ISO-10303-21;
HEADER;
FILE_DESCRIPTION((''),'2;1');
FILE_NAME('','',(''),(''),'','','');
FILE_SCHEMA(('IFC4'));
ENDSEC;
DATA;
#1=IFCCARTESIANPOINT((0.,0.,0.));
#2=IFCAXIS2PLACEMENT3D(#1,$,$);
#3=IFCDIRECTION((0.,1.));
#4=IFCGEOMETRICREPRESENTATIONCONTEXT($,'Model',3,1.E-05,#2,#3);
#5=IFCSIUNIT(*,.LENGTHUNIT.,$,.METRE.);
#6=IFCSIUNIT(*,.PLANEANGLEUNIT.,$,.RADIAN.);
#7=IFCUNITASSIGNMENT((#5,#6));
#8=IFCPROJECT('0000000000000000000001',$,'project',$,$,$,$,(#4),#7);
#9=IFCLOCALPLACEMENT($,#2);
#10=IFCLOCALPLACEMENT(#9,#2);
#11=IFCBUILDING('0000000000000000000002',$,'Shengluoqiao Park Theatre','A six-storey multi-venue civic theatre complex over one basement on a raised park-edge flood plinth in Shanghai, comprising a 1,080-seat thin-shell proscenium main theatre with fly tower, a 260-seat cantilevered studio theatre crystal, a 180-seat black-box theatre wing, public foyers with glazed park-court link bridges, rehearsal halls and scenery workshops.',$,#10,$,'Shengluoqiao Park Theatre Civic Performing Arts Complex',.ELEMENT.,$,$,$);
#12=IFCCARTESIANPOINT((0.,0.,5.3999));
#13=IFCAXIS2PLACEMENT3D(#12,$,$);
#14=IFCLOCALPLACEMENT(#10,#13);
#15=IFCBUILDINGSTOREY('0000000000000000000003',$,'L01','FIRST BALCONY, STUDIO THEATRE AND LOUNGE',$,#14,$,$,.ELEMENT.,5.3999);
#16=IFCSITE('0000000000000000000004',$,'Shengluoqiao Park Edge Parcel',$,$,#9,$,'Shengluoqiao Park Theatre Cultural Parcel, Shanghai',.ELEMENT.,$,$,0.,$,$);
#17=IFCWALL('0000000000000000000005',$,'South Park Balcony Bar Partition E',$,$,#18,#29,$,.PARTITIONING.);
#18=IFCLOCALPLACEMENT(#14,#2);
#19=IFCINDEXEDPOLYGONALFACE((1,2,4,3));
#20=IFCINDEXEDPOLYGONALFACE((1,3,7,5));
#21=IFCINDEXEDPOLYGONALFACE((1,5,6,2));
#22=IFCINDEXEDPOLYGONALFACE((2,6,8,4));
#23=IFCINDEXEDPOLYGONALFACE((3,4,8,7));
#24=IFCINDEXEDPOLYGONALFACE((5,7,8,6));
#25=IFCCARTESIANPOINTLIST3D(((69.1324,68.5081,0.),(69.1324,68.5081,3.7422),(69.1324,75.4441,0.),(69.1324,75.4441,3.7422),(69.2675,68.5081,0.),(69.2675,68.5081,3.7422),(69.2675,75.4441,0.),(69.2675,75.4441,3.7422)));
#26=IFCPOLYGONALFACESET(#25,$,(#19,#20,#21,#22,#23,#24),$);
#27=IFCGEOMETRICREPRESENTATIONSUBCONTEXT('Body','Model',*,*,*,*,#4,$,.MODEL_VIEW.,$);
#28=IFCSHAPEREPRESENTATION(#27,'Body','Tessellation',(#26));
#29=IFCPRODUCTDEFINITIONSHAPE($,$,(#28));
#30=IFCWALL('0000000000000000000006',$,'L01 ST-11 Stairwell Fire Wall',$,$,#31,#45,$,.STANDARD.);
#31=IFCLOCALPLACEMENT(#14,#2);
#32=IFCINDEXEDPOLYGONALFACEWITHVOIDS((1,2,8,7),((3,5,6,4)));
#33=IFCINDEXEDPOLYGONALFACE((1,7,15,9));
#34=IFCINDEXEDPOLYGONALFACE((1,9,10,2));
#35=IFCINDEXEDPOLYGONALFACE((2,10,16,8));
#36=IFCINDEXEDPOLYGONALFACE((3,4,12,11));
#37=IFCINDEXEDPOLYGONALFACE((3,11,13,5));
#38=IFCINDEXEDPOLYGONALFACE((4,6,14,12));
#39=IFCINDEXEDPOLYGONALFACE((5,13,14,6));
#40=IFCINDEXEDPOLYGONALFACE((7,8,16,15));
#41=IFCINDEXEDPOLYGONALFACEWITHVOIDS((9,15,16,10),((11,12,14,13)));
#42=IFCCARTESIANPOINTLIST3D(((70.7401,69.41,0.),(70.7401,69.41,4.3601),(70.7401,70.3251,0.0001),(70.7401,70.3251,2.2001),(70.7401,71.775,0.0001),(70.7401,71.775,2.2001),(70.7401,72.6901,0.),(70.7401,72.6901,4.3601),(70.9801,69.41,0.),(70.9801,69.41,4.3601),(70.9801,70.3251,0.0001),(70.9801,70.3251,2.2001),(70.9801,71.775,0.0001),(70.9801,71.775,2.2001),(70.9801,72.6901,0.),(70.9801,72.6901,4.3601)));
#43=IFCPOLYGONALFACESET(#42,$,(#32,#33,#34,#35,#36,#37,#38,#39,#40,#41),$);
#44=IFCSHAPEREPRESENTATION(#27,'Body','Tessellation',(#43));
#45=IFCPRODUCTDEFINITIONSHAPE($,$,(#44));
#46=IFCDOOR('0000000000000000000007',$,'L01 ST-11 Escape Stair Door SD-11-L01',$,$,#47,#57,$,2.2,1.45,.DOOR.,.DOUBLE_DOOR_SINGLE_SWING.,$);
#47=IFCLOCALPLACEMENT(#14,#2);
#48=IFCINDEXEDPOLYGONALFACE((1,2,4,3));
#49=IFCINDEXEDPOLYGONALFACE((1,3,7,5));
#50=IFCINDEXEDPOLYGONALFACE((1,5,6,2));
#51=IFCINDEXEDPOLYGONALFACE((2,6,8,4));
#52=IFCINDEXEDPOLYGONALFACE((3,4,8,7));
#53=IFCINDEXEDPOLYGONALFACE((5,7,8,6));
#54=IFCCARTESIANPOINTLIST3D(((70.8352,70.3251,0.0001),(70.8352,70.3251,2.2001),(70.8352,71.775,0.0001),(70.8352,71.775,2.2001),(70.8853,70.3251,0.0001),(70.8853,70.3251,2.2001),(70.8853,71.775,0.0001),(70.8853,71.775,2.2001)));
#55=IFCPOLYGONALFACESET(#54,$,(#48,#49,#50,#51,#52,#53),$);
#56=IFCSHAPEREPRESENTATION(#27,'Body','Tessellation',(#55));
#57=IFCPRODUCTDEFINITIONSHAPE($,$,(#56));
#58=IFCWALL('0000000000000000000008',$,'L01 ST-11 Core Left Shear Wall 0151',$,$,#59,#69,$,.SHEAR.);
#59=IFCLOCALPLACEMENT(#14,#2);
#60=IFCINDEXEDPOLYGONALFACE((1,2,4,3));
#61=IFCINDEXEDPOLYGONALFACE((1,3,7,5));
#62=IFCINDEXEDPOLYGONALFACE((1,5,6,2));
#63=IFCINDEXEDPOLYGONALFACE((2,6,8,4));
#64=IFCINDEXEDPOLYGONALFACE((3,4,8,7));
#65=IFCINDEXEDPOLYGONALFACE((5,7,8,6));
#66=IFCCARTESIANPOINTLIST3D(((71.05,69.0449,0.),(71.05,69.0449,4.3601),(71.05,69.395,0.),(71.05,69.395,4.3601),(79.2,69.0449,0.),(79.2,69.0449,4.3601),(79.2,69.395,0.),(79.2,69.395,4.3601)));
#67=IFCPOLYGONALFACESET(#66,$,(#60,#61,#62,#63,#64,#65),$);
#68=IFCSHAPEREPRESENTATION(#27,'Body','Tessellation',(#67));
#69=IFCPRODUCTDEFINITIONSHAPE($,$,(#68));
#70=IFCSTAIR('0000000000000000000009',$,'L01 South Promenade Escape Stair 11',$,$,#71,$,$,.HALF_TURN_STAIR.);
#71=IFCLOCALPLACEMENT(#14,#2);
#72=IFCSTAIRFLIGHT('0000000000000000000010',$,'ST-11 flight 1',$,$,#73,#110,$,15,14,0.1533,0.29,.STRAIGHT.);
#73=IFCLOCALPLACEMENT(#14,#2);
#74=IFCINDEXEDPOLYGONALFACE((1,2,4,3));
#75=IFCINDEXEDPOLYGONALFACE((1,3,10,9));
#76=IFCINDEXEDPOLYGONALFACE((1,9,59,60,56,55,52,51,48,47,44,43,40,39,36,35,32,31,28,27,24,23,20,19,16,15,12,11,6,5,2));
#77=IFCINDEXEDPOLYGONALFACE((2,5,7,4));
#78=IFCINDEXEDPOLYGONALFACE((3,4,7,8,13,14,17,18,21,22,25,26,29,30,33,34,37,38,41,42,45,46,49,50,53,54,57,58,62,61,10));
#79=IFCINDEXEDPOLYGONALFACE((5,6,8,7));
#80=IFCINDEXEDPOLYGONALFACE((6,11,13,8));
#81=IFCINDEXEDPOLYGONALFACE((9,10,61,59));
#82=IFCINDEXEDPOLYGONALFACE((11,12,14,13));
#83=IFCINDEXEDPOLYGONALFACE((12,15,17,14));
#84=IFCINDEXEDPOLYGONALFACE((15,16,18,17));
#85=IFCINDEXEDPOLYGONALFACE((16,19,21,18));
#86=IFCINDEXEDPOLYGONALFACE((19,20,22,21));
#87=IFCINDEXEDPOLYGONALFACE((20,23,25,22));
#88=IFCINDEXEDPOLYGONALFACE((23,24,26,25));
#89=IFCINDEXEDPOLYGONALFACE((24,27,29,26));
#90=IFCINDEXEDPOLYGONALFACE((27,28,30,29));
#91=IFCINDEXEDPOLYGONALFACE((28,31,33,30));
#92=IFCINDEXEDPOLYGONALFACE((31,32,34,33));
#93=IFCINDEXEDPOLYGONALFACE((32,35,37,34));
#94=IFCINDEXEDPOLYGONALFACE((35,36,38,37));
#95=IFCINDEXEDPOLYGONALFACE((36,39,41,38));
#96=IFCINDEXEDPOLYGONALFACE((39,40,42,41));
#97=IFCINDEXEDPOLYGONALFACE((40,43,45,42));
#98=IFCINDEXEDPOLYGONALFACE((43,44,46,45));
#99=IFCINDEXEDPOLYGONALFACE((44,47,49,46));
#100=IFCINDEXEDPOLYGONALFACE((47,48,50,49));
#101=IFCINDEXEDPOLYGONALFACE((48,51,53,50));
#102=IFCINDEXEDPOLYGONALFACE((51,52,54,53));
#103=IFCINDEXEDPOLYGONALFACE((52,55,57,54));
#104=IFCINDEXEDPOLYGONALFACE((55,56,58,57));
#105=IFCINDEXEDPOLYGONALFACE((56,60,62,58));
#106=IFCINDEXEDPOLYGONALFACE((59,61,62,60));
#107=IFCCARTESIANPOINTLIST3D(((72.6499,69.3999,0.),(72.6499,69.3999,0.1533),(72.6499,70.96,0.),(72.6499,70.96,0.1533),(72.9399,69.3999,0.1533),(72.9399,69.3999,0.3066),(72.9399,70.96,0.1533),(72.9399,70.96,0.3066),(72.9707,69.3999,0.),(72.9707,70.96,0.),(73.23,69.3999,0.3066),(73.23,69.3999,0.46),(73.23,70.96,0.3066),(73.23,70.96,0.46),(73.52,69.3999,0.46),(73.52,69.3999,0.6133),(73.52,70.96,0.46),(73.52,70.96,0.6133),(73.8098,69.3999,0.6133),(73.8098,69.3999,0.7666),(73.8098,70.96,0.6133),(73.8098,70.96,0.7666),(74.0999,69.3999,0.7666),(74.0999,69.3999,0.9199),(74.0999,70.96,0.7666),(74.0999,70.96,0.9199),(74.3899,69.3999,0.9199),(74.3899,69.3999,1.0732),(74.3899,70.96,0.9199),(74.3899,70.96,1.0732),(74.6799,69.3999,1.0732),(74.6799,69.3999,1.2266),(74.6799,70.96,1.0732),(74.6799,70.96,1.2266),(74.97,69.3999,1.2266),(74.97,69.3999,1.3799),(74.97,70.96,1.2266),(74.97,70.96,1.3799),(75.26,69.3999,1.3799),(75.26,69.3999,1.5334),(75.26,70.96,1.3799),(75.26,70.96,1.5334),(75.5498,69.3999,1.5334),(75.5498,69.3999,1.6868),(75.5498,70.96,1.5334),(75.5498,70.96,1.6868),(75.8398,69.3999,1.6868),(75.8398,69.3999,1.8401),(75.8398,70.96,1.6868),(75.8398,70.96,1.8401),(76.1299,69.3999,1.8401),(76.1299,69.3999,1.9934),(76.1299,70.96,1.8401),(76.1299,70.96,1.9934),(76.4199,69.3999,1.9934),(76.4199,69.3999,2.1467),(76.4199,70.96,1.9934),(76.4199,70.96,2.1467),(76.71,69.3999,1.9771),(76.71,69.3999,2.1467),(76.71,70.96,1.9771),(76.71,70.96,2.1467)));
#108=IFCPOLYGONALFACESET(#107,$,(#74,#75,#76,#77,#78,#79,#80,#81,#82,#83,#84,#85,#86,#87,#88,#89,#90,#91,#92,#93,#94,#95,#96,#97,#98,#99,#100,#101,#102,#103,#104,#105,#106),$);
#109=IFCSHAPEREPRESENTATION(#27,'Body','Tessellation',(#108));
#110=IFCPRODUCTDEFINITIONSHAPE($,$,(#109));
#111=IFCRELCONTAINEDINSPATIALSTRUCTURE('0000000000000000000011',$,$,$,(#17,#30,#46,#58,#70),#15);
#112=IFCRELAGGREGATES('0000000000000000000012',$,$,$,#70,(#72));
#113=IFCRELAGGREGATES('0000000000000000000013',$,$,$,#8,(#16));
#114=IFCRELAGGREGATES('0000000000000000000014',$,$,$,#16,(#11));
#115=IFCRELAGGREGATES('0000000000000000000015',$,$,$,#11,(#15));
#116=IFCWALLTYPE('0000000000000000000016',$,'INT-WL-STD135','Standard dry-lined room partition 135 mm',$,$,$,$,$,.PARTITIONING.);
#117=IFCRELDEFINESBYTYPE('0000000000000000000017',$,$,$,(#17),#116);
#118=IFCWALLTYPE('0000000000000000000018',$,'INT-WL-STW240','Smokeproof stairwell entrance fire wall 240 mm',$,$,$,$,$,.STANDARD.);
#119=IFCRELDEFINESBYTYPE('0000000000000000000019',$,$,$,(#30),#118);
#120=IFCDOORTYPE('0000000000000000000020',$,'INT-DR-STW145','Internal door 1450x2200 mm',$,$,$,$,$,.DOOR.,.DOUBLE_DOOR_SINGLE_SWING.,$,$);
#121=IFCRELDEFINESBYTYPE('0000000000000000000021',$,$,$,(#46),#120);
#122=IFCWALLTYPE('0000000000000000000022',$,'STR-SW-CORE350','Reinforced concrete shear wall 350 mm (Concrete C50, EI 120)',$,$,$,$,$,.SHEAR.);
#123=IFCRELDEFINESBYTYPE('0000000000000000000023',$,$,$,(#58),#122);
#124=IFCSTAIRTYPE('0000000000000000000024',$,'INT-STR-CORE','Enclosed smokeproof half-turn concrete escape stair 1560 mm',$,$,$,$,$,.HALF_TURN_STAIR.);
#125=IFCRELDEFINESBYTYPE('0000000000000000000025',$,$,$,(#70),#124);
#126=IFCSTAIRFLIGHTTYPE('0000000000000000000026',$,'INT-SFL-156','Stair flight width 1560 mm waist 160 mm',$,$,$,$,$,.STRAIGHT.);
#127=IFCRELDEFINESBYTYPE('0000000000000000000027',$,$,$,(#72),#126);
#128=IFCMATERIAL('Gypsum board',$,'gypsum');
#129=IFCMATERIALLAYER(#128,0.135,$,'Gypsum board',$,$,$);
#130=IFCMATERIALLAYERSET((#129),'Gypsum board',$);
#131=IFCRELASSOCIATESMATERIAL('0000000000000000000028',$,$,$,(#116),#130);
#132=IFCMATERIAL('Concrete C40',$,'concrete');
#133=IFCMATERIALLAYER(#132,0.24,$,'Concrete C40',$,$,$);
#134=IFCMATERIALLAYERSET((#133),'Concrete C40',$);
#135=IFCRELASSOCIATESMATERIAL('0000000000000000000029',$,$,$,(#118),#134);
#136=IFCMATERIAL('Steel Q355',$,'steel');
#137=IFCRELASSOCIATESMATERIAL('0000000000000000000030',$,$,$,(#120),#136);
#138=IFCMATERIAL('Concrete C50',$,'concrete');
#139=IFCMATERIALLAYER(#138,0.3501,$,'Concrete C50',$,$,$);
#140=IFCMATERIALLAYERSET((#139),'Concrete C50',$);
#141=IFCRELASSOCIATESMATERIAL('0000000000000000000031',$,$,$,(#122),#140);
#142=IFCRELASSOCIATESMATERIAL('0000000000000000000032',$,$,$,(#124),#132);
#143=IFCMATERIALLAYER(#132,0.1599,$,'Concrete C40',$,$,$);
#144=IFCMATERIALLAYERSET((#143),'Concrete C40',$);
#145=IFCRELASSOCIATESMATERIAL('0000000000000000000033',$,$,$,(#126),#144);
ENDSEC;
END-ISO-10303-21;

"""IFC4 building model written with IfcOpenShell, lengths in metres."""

from ifc_helpers import new_model, si_unit, direction, frame, frame_2d, origin, place, context, subcontext, project, spatial, polyline, rectangle, outline, extrude, material, layer, layer_set, type_object, element, fill, aggregate, save


model = new_model("IFC4")

# Units and contexts
model_context = context("Model", 3, precision=1e-05, world=origin(), true_north=direction((0.0, 1.0)))
body_context = subcontext(model_context, "Body", "Model", "MODEL_VIEW")
ifc_project = project(units=[si_unit("LENGTHUNIT", "METRE"), si_unit("PLANEANGLEUNIT", "RADIAN")], contexts=[model_context])

# Site, building, storey
site_placement = place(None, origin())
site = spatial("IfcSite", under=ifc_project, at=site_placement, Name="Shengluoqiao Park Edge Parcel", LongName="Shengluoqiao Park Theatre Cultural Parcel, Shanghai", CompositionType="ELEMENT", RefElevation=0.0)
building_placement = place(site_placement, origin())
building = spatial("IfcBuilding", under=site, at=building_placement, Name="Shengluoqiao Park Theatre", Description="A six-storey multi-venue civic theatre complex over one basement on a raised park-edge flood plinth in Shanghai, comprising a 1,080-seat thin-shell proscenium main theatre with fly tower, a 260-seat cantilevered studio theatre crystal, a 180-seat black-box theatre wing, public foyers with glazed park-court link bridges, rehearsal halls and scenery workshops.", LongName="Shengluoqiao Park Theatre Civic Performing Arts Complex", CompositionType="ELEMENT")
storey_placement = place(building_placement, frame((0.0, 0.0, 5.3999)))
storey = spatial("IfcBuildingStorey", under=building, at=storey_placement, Name="L01", Description="FIRST BALCONY, STUDIO THEATRE AND LOUNGE", CompositionType="ELEMENT", Elevation=5.3999)

# Shared definitions
ifc_material_1 = material(Name="Concrete C50", Category="concrete")

# Shared definitions
ifc_material_2 = material(Name="Steel Q355", Category="steel")

# Wall
ifc_material_3 = material(Name="Gypsum board", Category="gypsum")
ifc_layer_1 = layer(ifc_material_3, 0.135, Name="Gypsum board")
ifc_layer_set_1 = layer_set([ifc_layer_1], Name="Gypsum board")
wall_type_1 = type_object("IfcWallType", Name="INT-WL-STD135", Description="Standard dry-lined room partition 135 mm", PredefinedType="PARTITIONING", material=ifc_layer_set_1)
wall_1_placement = place(storey_placement, frame((69.2, 68.5081, 0.0), z_axis=(0.0, 0.0, 1.0), x_axis=(0.0, 1.0, 0.0)))
element("IfcWall", 1, at=wall_1_placement, inside=storey, type_object=wall_type_1, Name="South Park Balcony Bar Partition E", PredefinedType="PARTITIONING", context=body_context, shape_type="SweptSolid", body=[
    extrude(rectangle(XDim=6.936, YDim=0.135, at=frame_2d((3.468, 0.0))), origin(), (0.0, 0.0, 1.0), 3.7422),
])

# Wall, opening, door
ifc_material_4 = material(Name="Concrete C40", Category="concrete")
ifc_layer_2 = layer(ifc_material_4, 0.24, Name="Concrete C40")
ifc_layer_set_2 = layer_set([ifc_layer_2], Name="Concrete C40")
wall_type_2 = type_object("IfcWallType", Name="INT-WL-STW240", Description="Smokeproof stairwell entrance fire wall 240 mm", PredefinedType="STANDARD", material=ifc_layer_set_2)
wall_2_placement = place(storey_placement, frame((70.8601, 69.4099, 0.0), z_axis=(0.0, 0.0, 1.0), x_axis=(0.0, 1.0, 0.0)))
wall_2 = element("IfcWall", 2, at=wall_2_placement, inside=storey, type_object=wall_type_2, Name="L01 ST-11 Stairwell Fire Wall", PredefinedType="STANDARD", context=body_context, shape_type="SweptSolid", body=[
    extrude(rectangle(XDim=3.28, YDim=0.24, at=frame_2d((1.6401, 0.0))), origin(), (0.0, 0.0, 1.0), 4.3601),
])
opening_placement = place(wall_2_placement, frame((0.915, 0.0, 0.0)))
opening = element("IfcOpeningElement", 3, at=opening_placement, cuts=wall_2, PredefinedType="OPENING", context=body_context, shape_type="SweptSolid", body=[
    extrude(rectangle(XDim=1.45, YDim=2.2, at=frame_2d((0.7251, 1.1001))), frame((0.0, 0.1299, 0.0), z_axis=(0.0, -1.0, 0.0), x_axis=(1.0, 0.0, 0.0)), (0.0, 0.0, 1.0), 0.26),
])
door_type = type_object("IfcDoorType", Name="INT-DR-STW145", Description="Internal door 1450x2200 mm", OperationType="DOUBLE_DOOR_SINGLE_SWING", PredefinedType="DOOR", material=ifc_material_2)
door_placement = place(opening_placement, origin())
door = element("IfcDoor", 4, at=door_placement, inside=storey, type_object=door_type, Name="L01 ST-11 Escape Stair Door SD-11-L01", OperationType="DOUBLE_DOOR_SINGLE_SWING", OverallHeight=2.2, OverallWidth=1.45, PredefinedType="DOOR", context=body_context, shape_type="SweptSolid", body=[
    extrude(rectangle(XDim=1.45, YDim=2.2, at=frame_2d((0.7251, 1.1001))), frame((0.0, 0.0249, 0.0), z_axis=(0.0, -1.0, 0.0), x_axis=(1.0, 0.0, 0.0)), (0.0, 0.0, 1.0), 0.05),
])
fill(opening, door)

# Wall
ifc_layer_3 = layer(ifc_material_1, 0.3501, Name="Concrete C50")
ifc_layer_set_3 = layer_set([ifc_layer_3], Name="Concrete C50")
wall_type_3 = type_object("IfcWallType", Name="STR-SW-CORE350", Description="Reinforced concrete shear wall 350 mm (Concrete C50, EI 120)", PredefinedType="SHEAR", material=ifc_layer_set_3)
wall_3_placement = place(storey_placement, frame((71.05, 69.22, 0.0), z_axis=(0.0, 0.0, 1.0), x_axis=(1.0, 0.0, 0.0)))
element("IfcWall", 5, at=wall_3_placement, inside=storey, type_object=wall_type_3, Name="L01 ST-11 Core Left Shear Wall 0151", PredefinedType="SHEAR", context=body_context, shape_type="SweptSolid", body=[
    extrude(rectangle(XDim=8.1499, YDim=0.3501, at=frame_2d((4.075, 0.0))), origin(), (0.0, 0.0, 1.0), 4.3601),
])

# Stair, stair flight
stair_type = type_object("IfcStairType", Name="INT-STR-CORE", Description="Enclosed smokeproof half-turn concrete escape stair 1560 mm", PredefinedType="HALF_TURN_STAIR", material=ifc_material_4)
stair_placement = place(storey_placement, origin())
stair = element("IfcStair", 6, at=stair_placement, inside=storey, type_object=stair_type, Name="L01 South Promenade Escape Stair 11", PredefinedType="HALF_TURN_STAIR")
ifc_layer_4 = layer(ifc_material_4, 0.1599, Name="Concrete C40")
ifc_layer_set_4 = layer_set([ifc_layer_4], Name="Concrete C40")
stair_flight_type = type_object("IfcStairFlightType", Name="INT-SFL-156", Description="Stair flight width 1560 mm waist 160 mm", PredefinedType="STRAIGHT", material=ifc_layer_set_4)
stair_flight_placement = place(storey_placement, frame((72.6499, 70.1799, 0.0), z_axis=(0.0, 0.0, 1.0), x_axis=(1.0, 0.0, 0.0)))
stair_flight = element("IfcStairFlight", 7, at=stair_flight_placement, type_object=stair_flight_type, Name="ST-11 flight 1", NumberOfRisers=15, NumberOfTreads=14, PredefinedType="STRAIGHT", RiserHeight=0.1533, TreadLength=0.29, context=body_context, shape_type="SweptSolid", body=[
    extrude(outline(polyline([(0.0, 0.0), (0.0, 0.1533), (0.29, 0.1533), (0.29, 0.3066), (0.5801, 0.3066), (0.5801, 0.46), (0.8701, 0.46), (0.8701, 0.6133), (1.1599, 0.6133), (1.1599, 0.7666), (1.45, 0.7666), (1.45, 0.9199), (1.74, 0.9199), (1.74, 1.0732), (2.03, 1.0732), (2.03, 1.2266), (2.3201, 1.2266), (2.3201, 1.3799), (2.6101, 1.3799), (2.6101, 1.5334), (2.8999, 1.5334), (2.8999, 1.6868), (3.1899, 1.6868), (3.1899, 1.8401), (3.48, 1.8401), (3.48, 1.9934), (3.77, 1.9934), (3.77, 2.1467), (4.0601, 2.1467), (4.0601, 2.3), (4.0601, 1.9771), (0.3208, 0.0), (0.0, 0.0)])), frame((0.0, 0.78, 0.0), z_axis=(0.0, -1.0, 0.0), x_axis=(1.0, 0.0, 0.0)), (0.0, 0.0, 1.0), 1.5601),
])
aggregate(stair, [stair_flight])

save(model, "model.ifc")
